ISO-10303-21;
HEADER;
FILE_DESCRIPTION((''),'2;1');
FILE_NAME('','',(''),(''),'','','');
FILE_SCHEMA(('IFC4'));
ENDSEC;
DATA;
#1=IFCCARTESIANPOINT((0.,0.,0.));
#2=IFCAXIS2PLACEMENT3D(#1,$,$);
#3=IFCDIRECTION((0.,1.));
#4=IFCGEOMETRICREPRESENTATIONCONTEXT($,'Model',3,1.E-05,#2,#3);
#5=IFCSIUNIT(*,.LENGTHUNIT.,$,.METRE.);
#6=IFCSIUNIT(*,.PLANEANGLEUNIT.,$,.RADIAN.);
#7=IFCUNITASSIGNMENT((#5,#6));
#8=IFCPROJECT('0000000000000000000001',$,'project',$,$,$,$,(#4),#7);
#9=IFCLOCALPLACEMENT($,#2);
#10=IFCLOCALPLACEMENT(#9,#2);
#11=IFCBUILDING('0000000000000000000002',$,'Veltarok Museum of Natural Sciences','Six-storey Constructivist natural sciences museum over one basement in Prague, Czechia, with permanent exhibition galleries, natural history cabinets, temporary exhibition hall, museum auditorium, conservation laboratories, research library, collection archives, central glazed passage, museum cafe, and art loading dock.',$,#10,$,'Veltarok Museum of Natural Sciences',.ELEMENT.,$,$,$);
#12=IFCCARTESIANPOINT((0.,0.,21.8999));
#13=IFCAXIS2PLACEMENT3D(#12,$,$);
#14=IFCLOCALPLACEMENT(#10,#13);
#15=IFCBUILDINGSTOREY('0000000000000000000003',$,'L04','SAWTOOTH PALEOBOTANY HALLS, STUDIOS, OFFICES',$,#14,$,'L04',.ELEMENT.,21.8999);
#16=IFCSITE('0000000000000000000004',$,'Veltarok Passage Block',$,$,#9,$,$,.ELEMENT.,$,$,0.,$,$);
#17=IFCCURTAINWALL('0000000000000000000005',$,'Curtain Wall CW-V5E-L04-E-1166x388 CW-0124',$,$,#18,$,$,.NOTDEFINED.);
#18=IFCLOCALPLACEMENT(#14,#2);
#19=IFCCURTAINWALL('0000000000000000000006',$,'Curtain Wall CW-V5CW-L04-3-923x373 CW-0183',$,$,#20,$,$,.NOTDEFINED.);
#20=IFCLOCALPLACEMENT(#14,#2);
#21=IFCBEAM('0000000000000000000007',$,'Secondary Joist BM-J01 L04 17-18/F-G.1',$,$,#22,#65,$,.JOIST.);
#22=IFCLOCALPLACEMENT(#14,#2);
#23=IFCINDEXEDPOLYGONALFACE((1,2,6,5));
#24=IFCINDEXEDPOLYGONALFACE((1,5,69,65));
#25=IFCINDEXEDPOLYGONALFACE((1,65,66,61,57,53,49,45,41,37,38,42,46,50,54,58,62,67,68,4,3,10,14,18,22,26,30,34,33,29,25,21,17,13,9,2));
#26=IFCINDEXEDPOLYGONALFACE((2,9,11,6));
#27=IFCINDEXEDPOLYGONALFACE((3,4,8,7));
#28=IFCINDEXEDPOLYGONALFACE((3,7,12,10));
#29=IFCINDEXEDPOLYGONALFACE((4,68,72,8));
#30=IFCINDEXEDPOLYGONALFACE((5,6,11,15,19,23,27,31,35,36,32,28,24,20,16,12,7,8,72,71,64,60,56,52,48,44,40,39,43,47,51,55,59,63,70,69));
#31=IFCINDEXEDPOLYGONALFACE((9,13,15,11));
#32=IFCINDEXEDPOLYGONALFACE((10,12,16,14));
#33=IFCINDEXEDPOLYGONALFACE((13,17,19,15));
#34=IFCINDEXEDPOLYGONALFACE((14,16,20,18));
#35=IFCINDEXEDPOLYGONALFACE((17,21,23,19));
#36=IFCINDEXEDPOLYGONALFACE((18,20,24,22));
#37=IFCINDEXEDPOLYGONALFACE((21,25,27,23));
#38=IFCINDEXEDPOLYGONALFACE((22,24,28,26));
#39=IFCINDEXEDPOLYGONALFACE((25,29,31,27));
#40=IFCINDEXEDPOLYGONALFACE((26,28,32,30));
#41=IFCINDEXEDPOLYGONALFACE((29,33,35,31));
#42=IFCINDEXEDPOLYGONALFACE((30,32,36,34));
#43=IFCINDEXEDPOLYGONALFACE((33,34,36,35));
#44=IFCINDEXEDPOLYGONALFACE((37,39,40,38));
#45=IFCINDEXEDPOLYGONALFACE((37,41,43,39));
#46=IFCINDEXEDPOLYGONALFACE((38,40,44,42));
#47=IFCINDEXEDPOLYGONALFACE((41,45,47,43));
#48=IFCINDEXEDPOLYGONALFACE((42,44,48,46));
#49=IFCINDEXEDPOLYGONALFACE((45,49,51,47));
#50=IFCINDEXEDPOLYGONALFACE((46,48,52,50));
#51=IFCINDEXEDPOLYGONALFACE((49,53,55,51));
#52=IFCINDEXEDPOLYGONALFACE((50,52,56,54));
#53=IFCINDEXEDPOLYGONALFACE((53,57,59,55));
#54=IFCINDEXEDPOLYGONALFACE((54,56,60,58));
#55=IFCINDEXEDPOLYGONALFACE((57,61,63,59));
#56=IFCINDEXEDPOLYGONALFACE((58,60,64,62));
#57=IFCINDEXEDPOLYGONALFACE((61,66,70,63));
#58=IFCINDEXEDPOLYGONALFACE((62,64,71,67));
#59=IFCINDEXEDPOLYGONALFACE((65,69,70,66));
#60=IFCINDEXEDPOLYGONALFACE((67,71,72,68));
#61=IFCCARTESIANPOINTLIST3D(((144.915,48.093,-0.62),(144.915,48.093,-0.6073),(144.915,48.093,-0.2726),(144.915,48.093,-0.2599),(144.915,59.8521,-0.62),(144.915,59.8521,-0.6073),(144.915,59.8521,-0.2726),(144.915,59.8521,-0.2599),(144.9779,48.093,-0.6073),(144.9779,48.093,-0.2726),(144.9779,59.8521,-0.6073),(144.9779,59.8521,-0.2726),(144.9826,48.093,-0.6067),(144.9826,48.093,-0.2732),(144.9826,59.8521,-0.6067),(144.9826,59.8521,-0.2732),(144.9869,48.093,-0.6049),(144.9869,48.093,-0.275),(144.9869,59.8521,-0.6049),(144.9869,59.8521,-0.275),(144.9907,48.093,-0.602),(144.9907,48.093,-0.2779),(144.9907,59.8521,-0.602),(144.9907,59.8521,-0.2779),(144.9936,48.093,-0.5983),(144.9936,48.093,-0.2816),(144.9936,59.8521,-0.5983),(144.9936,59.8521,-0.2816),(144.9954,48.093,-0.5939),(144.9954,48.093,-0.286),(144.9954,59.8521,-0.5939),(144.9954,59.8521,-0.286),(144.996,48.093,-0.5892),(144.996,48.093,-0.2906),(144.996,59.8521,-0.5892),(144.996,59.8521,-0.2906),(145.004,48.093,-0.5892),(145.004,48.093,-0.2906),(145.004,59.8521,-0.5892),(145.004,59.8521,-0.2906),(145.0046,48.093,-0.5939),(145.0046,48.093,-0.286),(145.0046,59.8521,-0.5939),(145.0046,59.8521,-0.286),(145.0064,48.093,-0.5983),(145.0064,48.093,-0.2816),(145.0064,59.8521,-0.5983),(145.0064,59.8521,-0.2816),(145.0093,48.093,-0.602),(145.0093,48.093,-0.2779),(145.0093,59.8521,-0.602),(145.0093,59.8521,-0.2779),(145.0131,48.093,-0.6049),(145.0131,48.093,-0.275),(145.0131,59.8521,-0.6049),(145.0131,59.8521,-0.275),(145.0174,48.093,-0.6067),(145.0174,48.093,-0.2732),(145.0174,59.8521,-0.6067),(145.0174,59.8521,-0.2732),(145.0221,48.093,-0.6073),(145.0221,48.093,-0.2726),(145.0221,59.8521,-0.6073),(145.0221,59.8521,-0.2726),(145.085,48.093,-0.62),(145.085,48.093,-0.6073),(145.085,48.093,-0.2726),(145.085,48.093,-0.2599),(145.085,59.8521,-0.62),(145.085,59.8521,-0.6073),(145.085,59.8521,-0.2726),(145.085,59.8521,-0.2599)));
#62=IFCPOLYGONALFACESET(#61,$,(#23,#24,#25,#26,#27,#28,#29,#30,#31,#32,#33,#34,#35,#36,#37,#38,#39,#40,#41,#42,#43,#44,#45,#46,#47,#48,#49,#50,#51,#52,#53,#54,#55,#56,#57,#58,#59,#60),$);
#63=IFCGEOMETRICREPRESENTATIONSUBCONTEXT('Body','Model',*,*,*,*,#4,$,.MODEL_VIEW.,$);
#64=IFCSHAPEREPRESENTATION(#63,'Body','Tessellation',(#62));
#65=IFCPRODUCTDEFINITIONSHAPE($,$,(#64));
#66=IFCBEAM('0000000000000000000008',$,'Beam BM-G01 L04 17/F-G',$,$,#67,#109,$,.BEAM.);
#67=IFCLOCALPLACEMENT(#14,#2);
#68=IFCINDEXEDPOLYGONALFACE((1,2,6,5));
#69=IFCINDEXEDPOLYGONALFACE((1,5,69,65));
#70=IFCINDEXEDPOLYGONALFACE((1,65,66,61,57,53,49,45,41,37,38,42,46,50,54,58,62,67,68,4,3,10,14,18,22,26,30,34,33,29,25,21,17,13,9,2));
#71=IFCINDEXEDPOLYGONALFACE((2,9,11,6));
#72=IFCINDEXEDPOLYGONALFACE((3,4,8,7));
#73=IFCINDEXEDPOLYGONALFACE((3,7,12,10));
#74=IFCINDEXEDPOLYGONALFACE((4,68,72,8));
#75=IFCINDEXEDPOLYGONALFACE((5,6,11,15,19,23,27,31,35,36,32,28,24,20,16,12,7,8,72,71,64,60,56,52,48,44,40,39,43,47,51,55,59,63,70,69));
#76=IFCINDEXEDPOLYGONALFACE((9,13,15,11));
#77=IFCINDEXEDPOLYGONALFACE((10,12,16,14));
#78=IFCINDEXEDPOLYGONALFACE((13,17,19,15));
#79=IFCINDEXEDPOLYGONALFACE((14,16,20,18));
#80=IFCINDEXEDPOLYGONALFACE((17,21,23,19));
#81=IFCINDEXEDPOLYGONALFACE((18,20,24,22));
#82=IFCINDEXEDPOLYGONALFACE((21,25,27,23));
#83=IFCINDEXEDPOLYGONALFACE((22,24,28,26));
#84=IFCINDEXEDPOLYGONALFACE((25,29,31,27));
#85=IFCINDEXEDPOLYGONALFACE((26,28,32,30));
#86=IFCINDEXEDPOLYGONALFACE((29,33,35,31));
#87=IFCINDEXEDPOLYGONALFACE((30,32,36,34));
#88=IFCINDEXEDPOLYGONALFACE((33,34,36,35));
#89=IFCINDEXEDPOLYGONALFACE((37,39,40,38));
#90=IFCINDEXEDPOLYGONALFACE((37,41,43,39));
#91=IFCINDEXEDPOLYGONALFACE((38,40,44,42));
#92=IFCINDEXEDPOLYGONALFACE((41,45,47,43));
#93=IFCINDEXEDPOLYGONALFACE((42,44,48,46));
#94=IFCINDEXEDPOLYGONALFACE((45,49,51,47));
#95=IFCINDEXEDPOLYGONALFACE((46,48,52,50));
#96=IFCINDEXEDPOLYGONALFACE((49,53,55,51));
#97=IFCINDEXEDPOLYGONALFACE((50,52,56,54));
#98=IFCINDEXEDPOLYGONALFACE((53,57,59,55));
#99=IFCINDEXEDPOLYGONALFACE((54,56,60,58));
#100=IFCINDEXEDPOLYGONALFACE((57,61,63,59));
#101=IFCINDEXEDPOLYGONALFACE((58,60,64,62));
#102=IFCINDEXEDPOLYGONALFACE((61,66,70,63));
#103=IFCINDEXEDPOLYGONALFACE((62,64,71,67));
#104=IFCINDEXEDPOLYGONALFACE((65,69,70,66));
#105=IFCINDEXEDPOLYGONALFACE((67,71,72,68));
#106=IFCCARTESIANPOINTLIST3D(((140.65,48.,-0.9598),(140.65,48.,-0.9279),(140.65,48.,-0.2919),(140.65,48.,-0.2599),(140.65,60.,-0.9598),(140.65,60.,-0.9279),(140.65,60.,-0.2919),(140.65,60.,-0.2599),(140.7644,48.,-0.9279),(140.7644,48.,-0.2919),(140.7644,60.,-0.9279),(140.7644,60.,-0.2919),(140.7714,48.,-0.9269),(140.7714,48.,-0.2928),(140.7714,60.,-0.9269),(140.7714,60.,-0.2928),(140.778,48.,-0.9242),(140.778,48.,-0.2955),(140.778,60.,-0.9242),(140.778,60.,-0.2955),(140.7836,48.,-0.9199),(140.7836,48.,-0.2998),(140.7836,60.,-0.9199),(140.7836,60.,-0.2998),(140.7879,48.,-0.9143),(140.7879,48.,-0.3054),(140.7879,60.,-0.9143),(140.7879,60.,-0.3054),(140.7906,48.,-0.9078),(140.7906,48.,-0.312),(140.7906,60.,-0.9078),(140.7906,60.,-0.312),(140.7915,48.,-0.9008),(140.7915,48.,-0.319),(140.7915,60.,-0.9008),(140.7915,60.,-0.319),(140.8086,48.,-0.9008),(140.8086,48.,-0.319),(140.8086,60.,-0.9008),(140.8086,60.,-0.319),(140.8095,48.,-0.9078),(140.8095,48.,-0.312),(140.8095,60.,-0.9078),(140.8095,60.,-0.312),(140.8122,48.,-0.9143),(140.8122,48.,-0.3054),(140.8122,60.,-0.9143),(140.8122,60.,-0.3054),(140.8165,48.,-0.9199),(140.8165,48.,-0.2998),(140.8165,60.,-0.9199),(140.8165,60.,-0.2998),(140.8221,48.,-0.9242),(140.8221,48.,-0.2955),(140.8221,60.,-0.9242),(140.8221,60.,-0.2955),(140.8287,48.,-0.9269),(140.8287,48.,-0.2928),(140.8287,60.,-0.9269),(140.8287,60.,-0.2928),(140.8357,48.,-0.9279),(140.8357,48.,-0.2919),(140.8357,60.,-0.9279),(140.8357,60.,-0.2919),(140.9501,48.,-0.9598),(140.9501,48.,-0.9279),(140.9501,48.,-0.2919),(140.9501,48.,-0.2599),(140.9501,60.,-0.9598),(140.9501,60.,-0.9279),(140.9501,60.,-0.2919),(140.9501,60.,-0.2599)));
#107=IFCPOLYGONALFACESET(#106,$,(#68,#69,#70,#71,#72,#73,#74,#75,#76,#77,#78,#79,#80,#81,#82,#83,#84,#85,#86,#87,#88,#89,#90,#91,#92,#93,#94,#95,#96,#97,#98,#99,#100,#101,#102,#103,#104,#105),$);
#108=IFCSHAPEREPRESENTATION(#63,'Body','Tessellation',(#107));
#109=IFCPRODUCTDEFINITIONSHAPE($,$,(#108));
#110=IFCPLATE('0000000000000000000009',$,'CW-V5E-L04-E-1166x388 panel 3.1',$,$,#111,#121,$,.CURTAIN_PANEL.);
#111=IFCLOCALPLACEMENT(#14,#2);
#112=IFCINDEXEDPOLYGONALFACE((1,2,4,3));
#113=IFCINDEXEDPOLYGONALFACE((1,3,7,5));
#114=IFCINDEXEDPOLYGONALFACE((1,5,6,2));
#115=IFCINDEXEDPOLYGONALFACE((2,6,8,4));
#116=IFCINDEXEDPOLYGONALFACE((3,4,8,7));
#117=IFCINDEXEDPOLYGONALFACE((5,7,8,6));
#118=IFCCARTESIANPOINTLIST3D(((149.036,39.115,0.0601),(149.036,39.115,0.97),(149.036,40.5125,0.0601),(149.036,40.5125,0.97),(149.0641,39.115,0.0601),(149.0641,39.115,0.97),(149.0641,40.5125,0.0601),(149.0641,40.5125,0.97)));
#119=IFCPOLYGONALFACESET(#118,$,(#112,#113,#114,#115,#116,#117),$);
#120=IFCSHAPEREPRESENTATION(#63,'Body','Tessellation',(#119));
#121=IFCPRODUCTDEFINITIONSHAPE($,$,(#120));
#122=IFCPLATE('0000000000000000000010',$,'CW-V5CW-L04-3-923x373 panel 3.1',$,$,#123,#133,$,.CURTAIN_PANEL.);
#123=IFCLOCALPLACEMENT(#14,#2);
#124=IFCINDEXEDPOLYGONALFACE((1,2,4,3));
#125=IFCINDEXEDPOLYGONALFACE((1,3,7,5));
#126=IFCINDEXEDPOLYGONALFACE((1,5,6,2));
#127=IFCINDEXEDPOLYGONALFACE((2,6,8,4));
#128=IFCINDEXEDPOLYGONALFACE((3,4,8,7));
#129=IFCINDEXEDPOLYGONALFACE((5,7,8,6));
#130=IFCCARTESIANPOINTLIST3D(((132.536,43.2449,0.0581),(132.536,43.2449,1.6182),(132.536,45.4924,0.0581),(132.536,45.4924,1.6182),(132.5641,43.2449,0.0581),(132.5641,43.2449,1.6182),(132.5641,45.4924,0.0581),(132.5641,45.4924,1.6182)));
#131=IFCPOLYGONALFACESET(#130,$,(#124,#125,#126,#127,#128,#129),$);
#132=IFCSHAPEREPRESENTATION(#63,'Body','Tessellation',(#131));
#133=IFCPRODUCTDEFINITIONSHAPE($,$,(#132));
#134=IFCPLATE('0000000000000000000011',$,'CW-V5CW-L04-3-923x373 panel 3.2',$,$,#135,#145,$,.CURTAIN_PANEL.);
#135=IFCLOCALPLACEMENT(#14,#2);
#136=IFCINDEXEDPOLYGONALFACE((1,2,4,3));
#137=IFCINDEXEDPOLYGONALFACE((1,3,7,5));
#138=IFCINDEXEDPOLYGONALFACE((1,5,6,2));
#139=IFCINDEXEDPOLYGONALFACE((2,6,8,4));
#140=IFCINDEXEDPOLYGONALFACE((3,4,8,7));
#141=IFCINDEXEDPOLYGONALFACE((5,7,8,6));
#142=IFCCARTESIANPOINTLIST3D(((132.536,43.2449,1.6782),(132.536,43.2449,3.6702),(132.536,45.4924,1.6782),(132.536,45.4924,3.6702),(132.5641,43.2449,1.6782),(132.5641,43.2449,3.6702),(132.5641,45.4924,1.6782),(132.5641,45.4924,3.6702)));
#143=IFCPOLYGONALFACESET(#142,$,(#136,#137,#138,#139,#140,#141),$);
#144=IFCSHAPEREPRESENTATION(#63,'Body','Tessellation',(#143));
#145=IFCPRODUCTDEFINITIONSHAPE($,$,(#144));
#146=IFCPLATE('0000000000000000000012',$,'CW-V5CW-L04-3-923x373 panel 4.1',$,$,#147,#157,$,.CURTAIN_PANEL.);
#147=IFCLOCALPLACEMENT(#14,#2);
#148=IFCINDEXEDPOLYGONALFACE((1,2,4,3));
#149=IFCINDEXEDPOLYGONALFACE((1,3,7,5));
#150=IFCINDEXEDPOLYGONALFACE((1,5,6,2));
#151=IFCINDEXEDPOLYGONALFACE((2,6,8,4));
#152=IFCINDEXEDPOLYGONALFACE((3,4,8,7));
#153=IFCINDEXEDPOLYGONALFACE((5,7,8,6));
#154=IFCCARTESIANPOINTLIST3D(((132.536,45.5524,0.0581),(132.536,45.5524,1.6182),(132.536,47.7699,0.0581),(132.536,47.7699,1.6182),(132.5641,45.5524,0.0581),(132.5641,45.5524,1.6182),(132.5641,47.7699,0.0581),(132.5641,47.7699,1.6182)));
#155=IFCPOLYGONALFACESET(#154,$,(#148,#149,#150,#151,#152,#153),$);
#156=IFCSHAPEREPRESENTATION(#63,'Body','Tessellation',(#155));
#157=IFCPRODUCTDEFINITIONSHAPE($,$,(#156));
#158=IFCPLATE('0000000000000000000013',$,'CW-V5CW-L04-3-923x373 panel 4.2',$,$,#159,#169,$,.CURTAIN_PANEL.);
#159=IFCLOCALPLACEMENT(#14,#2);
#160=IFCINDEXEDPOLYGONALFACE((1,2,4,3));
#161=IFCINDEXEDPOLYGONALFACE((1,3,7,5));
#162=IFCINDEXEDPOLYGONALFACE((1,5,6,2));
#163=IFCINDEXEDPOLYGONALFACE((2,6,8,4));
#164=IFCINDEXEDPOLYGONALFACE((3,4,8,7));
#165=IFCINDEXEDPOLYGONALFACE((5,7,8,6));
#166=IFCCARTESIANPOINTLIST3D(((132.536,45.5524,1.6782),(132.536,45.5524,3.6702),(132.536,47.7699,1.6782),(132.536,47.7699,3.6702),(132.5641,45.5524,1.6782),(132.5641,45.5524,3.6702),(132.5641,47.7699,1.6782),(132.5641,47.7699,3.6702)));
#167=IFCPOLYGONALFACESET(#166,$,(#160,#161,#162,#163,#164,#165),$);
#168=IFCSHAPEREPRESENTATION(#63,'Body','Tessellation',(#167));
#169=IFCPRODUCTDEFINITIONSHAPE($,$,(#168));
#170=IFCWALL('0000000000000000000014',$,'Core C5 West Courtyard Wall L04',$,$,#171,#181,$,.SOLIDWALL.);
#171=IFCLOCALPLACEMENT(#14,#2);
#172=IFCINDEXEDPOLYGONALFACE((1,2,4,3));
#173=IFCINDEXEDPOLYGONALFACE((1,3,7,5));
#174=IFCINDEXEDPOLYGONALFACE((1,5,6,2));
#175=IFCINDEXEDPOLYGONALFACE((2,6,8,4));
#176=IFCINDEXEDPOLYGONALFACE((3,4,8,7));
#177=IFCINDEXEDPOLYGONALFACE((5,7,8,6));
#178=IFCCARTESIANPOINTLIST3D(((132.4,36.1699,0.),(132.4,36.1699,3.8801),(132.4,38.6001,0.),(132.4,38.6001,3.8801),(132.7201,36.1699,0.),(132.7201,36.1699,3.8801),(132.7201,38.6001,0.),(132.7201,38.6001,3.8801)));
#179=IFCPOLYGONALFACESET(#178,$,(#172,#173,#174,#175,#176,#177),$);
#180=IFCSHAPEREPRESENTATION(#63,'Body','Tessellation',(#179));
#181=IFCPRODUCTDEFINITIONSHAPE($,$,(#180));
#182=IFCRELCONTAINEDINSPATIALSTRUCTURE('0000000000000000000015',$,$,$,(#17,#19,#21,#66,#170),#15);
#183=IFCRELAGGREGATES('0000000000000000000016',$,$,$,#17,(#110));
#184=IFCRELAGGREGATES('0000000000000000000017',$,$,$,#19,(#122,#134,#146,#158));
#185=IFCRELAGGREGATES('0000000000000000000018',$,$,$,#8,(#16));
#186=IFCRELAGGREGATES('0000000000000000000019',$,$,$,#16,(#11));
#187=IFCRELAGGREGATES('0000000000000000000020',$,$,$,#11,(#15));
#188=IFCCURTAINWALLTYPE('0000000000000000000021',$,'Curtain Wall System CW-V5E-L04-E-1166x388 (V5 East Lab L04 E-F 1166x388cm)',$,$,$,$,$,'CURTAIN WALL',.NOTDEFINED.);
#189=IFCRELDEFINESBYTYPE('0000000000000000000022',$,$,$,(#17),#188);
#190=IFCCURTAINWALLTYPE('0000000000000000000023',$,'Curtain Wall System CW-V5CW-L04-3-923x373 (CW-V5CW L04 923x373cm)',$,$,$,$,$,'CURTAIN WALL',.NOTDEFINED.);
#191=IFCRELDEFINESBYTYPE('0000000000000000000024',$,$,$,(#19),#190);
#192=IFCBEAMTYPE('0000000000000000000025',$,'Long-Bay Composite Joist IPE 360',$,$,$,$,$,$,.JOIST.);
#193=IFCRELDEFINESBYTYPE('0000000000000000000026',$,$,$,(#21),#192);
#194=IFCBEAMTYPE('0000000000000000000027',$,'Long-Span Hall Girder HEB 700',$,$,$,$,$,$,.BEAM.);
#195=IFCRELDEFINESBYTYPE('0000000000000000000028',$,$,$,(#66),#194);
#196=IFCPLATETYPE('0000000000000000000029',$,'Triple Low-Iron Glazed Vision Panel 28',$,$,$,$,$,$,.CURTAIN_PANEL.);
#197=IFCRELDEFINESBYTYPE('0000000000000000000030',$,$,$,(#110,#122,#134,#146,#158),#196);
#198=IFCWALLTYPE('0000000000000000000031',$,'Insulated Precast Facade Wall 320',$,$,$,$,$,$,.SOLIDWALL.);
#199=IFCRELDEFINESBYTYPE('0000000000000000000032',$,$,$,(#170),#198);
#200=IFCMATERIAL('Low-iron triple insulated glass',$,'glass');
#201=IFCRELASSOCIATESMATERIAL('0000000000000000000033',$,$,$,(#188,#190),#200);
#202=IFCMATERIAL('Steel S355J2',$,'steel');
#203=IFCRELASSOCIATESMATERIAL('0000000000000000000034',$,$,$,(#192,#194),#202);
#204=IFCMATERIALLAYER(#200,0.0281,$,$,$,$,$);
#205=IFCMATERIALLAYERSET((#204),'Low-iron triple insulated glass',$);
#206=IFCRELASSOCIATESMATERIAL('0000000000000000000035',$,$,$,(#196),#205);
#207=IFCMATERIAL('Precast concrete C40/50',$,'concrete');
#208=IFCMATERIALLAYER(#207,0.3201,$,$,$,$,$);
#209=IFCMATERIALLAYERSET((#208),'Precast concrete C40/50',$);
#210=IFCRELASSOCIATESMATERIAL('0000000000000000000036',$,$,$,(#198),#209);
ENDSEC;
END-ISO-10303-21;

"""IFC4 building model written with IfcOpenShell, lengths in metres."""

from ifc_helpers import new_model, si_unit, direction, frame, frame_2d, origin, origin_2d, place, context, subcontext, project, spatial, rectangle, i_section, extrude, material, layer, layer_set, material_profile, profile_set, type_object, element, aggregate, save


model = new_model("IFC4")

# Units and contexts
model_context = context("Model", 3, precision=1e-05, world=origin(), true_north=direction((0.0, 1.0)))
body_context = subcontext(model_context, "Body", "Model", "MODEL_VIEW")
ifc_project = project(units=[si_unit("LENGTHUNIT", "METRE"), si_unit("PLANEANGLEUNIT", "RADIAN")], contexts=[model_context])

# Site, building, storey
site_placement = place(None, origin())
site = spatial("IfcSite", under=ifc_project, at=site_placement, Name="Veltarok Passage Block", CompositionType="ELEMENT", RefElevation=0.0)
building_placement = place(site_placement, origin())
building = spatial("IfcBuilding", under=site, at=building_placement, Name="Veltarok Museum of Natural Sciences", Description="Six-storey Constructivist natural sciences museum over one basement in Prague, Czechia, with permanent exhibition galleries, natural history cabinets, temporary exhibition hall, museum auditorium, conservation laboratories, research library, collection archives, central glazed passage, museum cafe, and art loading dock.", LongName="Veltarok Museum of Natural Sciences", CompositionType="ELEMENT")
storey_placement = place(building_placement, frame((0.0, 0.0, 21.8999)))
storey = spatial("IfcBuildingStorey", under=building, at=storey_placement, Name="L04", Description="SAWTOOTH PALEOBOTANY HALLS, STUDIOS, OFFICES", LongName="L04", CompositionType="ELEMENT", Elevation=21.8999)

# Curtain walls
ifc_material_1 = material(Name="Low-iron triple insulated glass", Category="glass")
curtain_wall_type_1 = type_object("IfcCurtainWallType", Name="Curtain Wall System CW-V5E-L04-E-1166x388 (V5 East Lab L04 E-F 1166x388cm)", ElementType="CURTAIN WALL", PredefinedType="NOTDEFINED", material=ifc_material_1)
curtain_wall_1_placement = place(storey_placement, origin())
curtain_wall_1 = element("IfcCurtainWall", 1, at=curtain_wall_1_placement, inside=storey, type_object=curtain_wall_type_1, Name="Curtain Wall CW-V5E-L04-E-1166x388 CW-0124", PredefinedType="NOTDEFINED")
curtain_wall_type_2 = type_object("IfcCurtainWallType", Name="Curtain Wall System CW-V5CW-L04-3-923x373 (CW-V5CW L04 923x373cm)", ElementType="CURTAIN WALL", PredefinedType="NOTDEFINED", material=ifc_material_1)
curtain_wall_2_placement = place(storey_placement, origin())
curtain_wall_2 = element("IfcCurtainWall", 2, at=curtain_wall_2_placement, inside=storey, type_object=curtain_wall_type_2, Name="Curtain Wall CW-V5CW-L04-3-923x373 CW-0183", PredefinedType="NOTDEFINED")

# Beams
ifc_material_2 = material(Name="Precast concrete C40/50", Category="concrete")
ifc_material_3 = material(Name="Steel S355J2", Category="steel")
ifc_material_profile_1 = material_profile(ifc_material_3, i_section(OverallWidth=0.1699, OverallDepth=0.3601, WebThickness=0.0081, FlangeThickness=0.0127, FilletRadius=0.0181, at=origin_2d()), Name="IPE 360")
ifc_profile_set_1 = profile_set([ifc_material_profile_1], Name="Steel S355J2")
beam_type_1 = type_object("IfcBeamType", Name="Long-Bay Composite Joist IPE 360", PredefinedType="JOIST", material=ifc_profile_set_1)
beam_1_placement = place(storey_placement, frame((145.0, 48.093, -0.4399), z_axis=(0.0, 1.0, 0.0), x_axis=(-1.0, 0.0, 0.0)))
element("IfcBeam", 3, at=beam_1_placement, inside=storey, type_object=beam_type_1, Name="Secondary Joist BM-J01 L04 17-18/F-G.1", PredefinedType="JOIST", context=body_context, shape_type="SweptSolid", body=[
    extrude(i_section(OverallWidth=0.1699, OverallDepth=0.3601, WebThickness=0.0081, FlangeThickness=0.0127, FilletRadius=0.0181, at=origin_2d()), origin(), (0.0, 0.0, 1.0), 11.759),
])
ifc_material_profile_2 = material_profile(ifc_material_3, i_section(OverallWidth=0.3, OverallDepth=0.7, WebThickness=0.0171, FlangeThickness=0.032, FilletRadius=0.0271, at=origin_2d()), Name="HEB 700")
ifc_profile_set_2 = profile_set([ifc_material_profile_2], Name="Steel S355J2")
beam_type_2 = type_object("IfcBeamType", Name="Long-Span Hall Girder HEB 700", PredefinedType="BEAM", material=ifc_profile_set_2)
beam_2_placement = place(storey_placement, frame((140.8, 48.0, -0.6099), z_axis=(0.0, 1.0, 0.0), x_axis=(-1.0, 0.0, 0.0)))
element("IfcBeam", 4, at=beam_2_placement, inside=storey, type_object=beam_type_2, Name="Beam BM-G01 L04 17/F-G", PredefinedType="BEAM", context=body_context, shape_type="SweptSolid", body=[
    extrude(i_section(OverallWidth=0.3, OverallDepth=0.7, WebThickness=0.0171, FlangeThickness=0.032, FilletRadius=0.0271, at=origin_2d()), origin(), (0.0, 0.0, 1.0), 12.0),
])

# Plates
ifc_layer_1 = layer(ifc_material_1, 0.0281)
ifc_layer_set_1 = layer_set([ifc_layer_1], Name="Low-iron triple insulated glass")
plate_type = type_object("IfcPlateType", Name="Triple Low-Iron Glazed Vision Panel 28", PredefinedType="CURTAIN_PANEL", material=ifc_layer_set_1)
plate_1_placement = place(storey_placement, frame((149.05, 39.8137, 0.0601), z_axis=(0.0, 0.0, 1.0), x_axis=(0.0, 1.0, 0.0)))
plate_1 = element("IfcPlate", 5, at=plate_1_placement, type_object=plate_type, Name="CW-V5E-L04-E-1166x388 panel 3.1", PredefinedType="CURTAIN_PANEL", context=body_context, shape_type="SweptSolid", body=[
    extrude(rectangle(XDim=1.3975, YDim=0.0281, at=origin_2d()), origin(), (0.0, 0.0, 1.0), 0.9099),
])
aggregate(curtain_wall_1, [plate_1])
plate_2_placement = place(storey_placement, frame((132.55, 44.3687, 0.0581), z_axis=(0.0, 0.0, 1.0), x_axis=(0.0, 1.0, 0.0)))
plate_2 = element("IfcPlate", 6, at=plate_2_placement, type_object=plate_type, Name="CW-V5CW-L04-3-923x373 panel 3.1", PredefinedType="CURTAIN_PANEL", context=body_context, shape_type="SweptSolid", body=[
    extrude(rectangle(XDim=2.2476, YDim=0.0281, at=origin_2d()), origin(), (0.0, 0.0, 1.0), 1.5601),
])
plate_3_placement = place(storey_placement, frame((132.55, 44.3687, 1.6782), z_axis=(0.0, 0.0, 1.0), x_axis=(0.0, 1.0, 0.0)))
plate_3 = element("IfcPlate", 7, at=plate_3_placement, type_object=plate_type, Name="CW-V5CW-L04-3-923x373 panel 3.2", PredefinedType="CURTAIN_PANEL", context=body_context, shape_type="SweptSolid", body=[
    extrude(rectangle(XDim=2.2476, YDim=0.0281, at=origin_2d()), origin(), (0.0, 0.0, 1.0), 1.9919),
])
plate_4_placement = place(storey_placement, frame((132.55, 46.6611, 0.0581), z_axis=(0.0, 0.0, 1.0), x_axis=(0.0, 1.0, 0.0)))
plate_4 = element("IfcPlate", 8, at=plate_4_placement, type_object=plate_type, Name="CW-V5CW-L04-3-923x373 panel 4.1", PredefinedType="CURTAIN_PANEL", context=body_context, shape_type="SweptSolid", body=[
    extrude(rectangle(XDim=2.2175, YDim=0.0281, at=origin_2d()), origin(), (0.0, 0.0, 1.0), 1.5601),
])
plate_5_placement = place(storey_placement, frame((132.55, 46.6611, 1.6782), z_axis=(0.0, 0.0, 1.0), x_axis=(0.0, 1.0, 0.0)))
plate_5 = element("IfcPlate", 9, at=plate_5_placement, type_object=plate_type, Name="CW-V5CW-L04-3-923x373 panel 4.2", PredefinedType="CURTAIN_PANEL", context=body_context, shape_type="SweptSolid", body=[
    extrude(rectangle(XDim=2.2175, YDim=0.0281, at=origin_2d()), origin(), (0.0, 0.0, 1.0), 1.9919),
])
aggregate(curtain_wall_2, [plate_2, plate_3, plate_4, plate_5])

# Wall
ifc_layer_2 = layer(ifc_material_2, 0.3201)
ifc_layer_set_2 = layer_set([ifc_layer_2], Name="Precast concrete C40/50")
wall_type = type_object("IfcWallType", Name="Insulated Precast Facade Wall 320", PredefinedType="SOLIDWALL", material=ifc_layer_set_2)
wall_1_placement = place(storey_placement, frame((132.5601, 38.6001, 0.0), z_axis=(0.0, 0.0, 1.0), x_axis=(0.0, -1.0, 0.0)))
element("IfcWall", 10, at=wall_1_placement, inside=storey, type_object=wall_type, Name="Core C5 West Courtyard Wall L04", PredefinedType="SOLIDWALL", context=body_context, shape_type="SweptSolid", body=[
    extrude(rectangle(XDim=2.4302, YDim=0.3201, at=frame_2d((1.2151, 0.0))), origin(), (0.0, 0.0, 1.0), 3.8801),
])

save(model, "model.ifc")
